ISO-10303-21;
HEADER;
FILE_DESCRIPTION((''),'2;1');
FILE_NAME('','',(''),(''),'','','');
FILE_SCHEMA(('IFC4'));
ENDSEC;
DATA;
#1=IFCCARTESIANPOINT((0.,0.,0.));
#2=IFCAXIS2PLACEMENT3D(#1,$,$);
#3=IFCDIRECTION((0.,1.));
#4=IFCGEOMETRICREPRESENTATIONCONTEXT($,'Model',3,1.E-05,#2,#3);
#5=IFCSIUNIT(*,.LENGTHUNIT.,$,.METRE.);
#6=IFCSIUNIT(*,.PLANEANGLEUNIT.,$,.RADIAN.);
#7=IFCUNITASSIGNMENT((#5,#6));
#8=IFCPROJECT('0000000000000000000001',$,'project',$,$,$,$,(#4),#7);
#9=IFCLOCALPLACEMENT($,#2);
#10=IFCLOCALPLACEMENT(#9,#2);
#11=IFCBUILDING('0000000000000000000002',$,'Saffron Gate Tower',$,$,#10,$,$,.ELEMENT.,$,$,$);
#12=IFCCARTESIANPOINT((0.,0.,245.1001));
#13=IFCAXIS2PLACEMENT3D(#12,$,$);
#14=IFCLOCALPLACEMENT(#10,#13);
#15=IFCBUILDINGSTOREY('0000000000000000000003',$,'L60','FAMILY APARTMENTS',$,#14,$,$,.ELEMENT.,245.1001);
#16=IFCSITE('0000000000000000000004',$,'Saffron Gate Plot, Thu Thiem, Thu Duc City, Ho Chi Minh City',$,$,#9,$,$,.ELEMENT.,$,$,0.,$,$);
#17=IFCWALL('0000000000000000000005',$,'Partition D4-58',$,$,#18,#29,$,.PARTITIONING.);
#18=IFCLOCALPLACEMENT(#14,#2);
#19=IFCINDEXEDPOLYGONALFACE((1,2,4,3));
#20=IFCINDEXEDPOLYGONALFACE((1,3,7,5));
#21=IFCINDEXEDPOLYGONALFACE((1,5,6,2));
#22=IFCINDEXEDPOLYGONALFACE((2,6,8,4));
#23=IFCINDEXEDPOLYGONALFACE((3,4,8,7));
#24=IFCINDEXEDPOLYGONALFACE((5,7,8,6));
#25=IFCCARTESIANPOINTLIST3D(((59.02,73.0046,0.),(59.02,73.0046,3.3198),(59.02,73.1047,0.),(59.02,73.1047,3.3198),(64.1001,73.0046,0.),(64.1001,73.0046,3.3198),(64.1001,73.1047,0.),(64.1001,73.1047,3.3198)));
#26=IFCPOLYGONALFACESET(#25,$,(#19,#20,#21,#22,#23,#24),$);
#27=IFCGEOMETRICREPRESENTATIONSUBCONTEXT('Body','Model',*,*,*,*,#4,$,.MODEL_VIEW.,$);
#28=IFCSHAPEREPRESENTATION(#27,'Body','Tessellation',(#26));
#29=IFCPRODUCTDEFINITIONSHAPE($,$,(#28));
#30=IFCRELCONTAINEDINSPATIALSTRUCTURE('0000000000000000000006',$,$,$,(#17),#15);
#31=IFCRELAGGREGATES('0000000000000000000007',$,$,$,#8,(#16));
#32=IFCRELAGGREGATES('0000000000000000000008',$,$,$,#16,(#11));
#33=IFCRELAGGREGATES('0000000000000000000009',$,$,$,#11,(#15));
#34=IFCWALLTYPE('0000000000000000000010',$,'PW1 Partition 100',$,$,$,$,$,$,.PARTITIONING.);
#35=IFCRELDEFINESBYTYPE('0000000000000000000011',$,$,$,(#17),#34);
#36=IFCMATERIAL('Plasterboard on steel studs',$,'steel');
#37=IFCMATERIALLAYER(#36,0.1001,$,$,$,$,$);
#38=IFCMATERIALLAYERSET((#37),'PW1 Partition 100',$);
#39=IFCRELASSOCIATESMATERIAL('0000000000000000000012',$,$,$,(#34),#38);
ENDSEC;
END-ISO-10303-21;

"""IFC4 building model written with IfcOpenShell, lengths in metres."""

from ifc_helpers import new_model, si_unit, direction, frame, frame_2d, origin, place, context, subcontext, project, spatial, rectangle, extrude, material, layer, layer_set, type_object, element, save


model = new_model("IFC4")

# Units and contexts
model_context = context("Model", 3, precision=1e-05, world=origin(), true_north=direction((0.0, 1.0)))
body_context = subcontext(model_context, "Body", "Model", "MODEL_VIEW")
ifc_project = project(units=[si_unit("LENGTHUNIT", "METRE"), si_unit("PLANEANGLEUNIT", "RADIAN")], contexts=[model_context])

# Site, building, storey
site_placement = place(None, origin())
site = spatial("IfcSite", under=ifc_project, at=site_placement, Name="Saffron Gate Plot, Thu Thiem, Thu Duc City, Ho Chi Minh City", CompositionType="ELEMENT", RefElevation=0.0)
building_placement = place(site_placement, origin())
building = spatial("IfcBuilding", under=site, at=building_placement, Name="Saffron Gate Tower", CompositionType="ELEMENT")
storey_placement = place(building_placement, frame((0.0, 0.0, 245.1001)))
storey = spatial("IfcBuildingStorey", under=building, at=storey_placement, Name="L60", Description="FAMILY APARTMENTS", CompositionType="ELEMENT", Elevation=245.1001)

# Wall
ifc_material_1 = material(Name="Plasterboard on steel studs", Category="steel")
ifc_layer_1 = layer(ifc_material_1, 0.1001)
ifc_layer_set_1 = layer_set([ifc_layer_1], Name="PW1 Partition 100")
wall_type_1 = type_object("IfcWallType", Name="PW1 Partition 100", PredefinedType="PARTITIONING", material=ifc_layer_set_1)
wall_1_placement = place(storey_placement, frame((59.02, 73.0547, 0.0), z_axis=(0.0, 0.0, 1.0), x_axis=(1.0, 0.0, 0.0)))
element("IfcWall", 1, at=wall_1_placement, inside=storey, type_object=wall_type_1, Name="Partition D4-58", PredefinedType="PARTITIONING", context=body_context, shape_type="SweptSolid", body=[
    extrude(rectangle(XDim=5.0801, YDim=0.1001, at=frame_2d((2.54, 0.0))), origin(), (0.0, 0.0, 1.0), 3.3198),
])

save(model, "model.ifc")
